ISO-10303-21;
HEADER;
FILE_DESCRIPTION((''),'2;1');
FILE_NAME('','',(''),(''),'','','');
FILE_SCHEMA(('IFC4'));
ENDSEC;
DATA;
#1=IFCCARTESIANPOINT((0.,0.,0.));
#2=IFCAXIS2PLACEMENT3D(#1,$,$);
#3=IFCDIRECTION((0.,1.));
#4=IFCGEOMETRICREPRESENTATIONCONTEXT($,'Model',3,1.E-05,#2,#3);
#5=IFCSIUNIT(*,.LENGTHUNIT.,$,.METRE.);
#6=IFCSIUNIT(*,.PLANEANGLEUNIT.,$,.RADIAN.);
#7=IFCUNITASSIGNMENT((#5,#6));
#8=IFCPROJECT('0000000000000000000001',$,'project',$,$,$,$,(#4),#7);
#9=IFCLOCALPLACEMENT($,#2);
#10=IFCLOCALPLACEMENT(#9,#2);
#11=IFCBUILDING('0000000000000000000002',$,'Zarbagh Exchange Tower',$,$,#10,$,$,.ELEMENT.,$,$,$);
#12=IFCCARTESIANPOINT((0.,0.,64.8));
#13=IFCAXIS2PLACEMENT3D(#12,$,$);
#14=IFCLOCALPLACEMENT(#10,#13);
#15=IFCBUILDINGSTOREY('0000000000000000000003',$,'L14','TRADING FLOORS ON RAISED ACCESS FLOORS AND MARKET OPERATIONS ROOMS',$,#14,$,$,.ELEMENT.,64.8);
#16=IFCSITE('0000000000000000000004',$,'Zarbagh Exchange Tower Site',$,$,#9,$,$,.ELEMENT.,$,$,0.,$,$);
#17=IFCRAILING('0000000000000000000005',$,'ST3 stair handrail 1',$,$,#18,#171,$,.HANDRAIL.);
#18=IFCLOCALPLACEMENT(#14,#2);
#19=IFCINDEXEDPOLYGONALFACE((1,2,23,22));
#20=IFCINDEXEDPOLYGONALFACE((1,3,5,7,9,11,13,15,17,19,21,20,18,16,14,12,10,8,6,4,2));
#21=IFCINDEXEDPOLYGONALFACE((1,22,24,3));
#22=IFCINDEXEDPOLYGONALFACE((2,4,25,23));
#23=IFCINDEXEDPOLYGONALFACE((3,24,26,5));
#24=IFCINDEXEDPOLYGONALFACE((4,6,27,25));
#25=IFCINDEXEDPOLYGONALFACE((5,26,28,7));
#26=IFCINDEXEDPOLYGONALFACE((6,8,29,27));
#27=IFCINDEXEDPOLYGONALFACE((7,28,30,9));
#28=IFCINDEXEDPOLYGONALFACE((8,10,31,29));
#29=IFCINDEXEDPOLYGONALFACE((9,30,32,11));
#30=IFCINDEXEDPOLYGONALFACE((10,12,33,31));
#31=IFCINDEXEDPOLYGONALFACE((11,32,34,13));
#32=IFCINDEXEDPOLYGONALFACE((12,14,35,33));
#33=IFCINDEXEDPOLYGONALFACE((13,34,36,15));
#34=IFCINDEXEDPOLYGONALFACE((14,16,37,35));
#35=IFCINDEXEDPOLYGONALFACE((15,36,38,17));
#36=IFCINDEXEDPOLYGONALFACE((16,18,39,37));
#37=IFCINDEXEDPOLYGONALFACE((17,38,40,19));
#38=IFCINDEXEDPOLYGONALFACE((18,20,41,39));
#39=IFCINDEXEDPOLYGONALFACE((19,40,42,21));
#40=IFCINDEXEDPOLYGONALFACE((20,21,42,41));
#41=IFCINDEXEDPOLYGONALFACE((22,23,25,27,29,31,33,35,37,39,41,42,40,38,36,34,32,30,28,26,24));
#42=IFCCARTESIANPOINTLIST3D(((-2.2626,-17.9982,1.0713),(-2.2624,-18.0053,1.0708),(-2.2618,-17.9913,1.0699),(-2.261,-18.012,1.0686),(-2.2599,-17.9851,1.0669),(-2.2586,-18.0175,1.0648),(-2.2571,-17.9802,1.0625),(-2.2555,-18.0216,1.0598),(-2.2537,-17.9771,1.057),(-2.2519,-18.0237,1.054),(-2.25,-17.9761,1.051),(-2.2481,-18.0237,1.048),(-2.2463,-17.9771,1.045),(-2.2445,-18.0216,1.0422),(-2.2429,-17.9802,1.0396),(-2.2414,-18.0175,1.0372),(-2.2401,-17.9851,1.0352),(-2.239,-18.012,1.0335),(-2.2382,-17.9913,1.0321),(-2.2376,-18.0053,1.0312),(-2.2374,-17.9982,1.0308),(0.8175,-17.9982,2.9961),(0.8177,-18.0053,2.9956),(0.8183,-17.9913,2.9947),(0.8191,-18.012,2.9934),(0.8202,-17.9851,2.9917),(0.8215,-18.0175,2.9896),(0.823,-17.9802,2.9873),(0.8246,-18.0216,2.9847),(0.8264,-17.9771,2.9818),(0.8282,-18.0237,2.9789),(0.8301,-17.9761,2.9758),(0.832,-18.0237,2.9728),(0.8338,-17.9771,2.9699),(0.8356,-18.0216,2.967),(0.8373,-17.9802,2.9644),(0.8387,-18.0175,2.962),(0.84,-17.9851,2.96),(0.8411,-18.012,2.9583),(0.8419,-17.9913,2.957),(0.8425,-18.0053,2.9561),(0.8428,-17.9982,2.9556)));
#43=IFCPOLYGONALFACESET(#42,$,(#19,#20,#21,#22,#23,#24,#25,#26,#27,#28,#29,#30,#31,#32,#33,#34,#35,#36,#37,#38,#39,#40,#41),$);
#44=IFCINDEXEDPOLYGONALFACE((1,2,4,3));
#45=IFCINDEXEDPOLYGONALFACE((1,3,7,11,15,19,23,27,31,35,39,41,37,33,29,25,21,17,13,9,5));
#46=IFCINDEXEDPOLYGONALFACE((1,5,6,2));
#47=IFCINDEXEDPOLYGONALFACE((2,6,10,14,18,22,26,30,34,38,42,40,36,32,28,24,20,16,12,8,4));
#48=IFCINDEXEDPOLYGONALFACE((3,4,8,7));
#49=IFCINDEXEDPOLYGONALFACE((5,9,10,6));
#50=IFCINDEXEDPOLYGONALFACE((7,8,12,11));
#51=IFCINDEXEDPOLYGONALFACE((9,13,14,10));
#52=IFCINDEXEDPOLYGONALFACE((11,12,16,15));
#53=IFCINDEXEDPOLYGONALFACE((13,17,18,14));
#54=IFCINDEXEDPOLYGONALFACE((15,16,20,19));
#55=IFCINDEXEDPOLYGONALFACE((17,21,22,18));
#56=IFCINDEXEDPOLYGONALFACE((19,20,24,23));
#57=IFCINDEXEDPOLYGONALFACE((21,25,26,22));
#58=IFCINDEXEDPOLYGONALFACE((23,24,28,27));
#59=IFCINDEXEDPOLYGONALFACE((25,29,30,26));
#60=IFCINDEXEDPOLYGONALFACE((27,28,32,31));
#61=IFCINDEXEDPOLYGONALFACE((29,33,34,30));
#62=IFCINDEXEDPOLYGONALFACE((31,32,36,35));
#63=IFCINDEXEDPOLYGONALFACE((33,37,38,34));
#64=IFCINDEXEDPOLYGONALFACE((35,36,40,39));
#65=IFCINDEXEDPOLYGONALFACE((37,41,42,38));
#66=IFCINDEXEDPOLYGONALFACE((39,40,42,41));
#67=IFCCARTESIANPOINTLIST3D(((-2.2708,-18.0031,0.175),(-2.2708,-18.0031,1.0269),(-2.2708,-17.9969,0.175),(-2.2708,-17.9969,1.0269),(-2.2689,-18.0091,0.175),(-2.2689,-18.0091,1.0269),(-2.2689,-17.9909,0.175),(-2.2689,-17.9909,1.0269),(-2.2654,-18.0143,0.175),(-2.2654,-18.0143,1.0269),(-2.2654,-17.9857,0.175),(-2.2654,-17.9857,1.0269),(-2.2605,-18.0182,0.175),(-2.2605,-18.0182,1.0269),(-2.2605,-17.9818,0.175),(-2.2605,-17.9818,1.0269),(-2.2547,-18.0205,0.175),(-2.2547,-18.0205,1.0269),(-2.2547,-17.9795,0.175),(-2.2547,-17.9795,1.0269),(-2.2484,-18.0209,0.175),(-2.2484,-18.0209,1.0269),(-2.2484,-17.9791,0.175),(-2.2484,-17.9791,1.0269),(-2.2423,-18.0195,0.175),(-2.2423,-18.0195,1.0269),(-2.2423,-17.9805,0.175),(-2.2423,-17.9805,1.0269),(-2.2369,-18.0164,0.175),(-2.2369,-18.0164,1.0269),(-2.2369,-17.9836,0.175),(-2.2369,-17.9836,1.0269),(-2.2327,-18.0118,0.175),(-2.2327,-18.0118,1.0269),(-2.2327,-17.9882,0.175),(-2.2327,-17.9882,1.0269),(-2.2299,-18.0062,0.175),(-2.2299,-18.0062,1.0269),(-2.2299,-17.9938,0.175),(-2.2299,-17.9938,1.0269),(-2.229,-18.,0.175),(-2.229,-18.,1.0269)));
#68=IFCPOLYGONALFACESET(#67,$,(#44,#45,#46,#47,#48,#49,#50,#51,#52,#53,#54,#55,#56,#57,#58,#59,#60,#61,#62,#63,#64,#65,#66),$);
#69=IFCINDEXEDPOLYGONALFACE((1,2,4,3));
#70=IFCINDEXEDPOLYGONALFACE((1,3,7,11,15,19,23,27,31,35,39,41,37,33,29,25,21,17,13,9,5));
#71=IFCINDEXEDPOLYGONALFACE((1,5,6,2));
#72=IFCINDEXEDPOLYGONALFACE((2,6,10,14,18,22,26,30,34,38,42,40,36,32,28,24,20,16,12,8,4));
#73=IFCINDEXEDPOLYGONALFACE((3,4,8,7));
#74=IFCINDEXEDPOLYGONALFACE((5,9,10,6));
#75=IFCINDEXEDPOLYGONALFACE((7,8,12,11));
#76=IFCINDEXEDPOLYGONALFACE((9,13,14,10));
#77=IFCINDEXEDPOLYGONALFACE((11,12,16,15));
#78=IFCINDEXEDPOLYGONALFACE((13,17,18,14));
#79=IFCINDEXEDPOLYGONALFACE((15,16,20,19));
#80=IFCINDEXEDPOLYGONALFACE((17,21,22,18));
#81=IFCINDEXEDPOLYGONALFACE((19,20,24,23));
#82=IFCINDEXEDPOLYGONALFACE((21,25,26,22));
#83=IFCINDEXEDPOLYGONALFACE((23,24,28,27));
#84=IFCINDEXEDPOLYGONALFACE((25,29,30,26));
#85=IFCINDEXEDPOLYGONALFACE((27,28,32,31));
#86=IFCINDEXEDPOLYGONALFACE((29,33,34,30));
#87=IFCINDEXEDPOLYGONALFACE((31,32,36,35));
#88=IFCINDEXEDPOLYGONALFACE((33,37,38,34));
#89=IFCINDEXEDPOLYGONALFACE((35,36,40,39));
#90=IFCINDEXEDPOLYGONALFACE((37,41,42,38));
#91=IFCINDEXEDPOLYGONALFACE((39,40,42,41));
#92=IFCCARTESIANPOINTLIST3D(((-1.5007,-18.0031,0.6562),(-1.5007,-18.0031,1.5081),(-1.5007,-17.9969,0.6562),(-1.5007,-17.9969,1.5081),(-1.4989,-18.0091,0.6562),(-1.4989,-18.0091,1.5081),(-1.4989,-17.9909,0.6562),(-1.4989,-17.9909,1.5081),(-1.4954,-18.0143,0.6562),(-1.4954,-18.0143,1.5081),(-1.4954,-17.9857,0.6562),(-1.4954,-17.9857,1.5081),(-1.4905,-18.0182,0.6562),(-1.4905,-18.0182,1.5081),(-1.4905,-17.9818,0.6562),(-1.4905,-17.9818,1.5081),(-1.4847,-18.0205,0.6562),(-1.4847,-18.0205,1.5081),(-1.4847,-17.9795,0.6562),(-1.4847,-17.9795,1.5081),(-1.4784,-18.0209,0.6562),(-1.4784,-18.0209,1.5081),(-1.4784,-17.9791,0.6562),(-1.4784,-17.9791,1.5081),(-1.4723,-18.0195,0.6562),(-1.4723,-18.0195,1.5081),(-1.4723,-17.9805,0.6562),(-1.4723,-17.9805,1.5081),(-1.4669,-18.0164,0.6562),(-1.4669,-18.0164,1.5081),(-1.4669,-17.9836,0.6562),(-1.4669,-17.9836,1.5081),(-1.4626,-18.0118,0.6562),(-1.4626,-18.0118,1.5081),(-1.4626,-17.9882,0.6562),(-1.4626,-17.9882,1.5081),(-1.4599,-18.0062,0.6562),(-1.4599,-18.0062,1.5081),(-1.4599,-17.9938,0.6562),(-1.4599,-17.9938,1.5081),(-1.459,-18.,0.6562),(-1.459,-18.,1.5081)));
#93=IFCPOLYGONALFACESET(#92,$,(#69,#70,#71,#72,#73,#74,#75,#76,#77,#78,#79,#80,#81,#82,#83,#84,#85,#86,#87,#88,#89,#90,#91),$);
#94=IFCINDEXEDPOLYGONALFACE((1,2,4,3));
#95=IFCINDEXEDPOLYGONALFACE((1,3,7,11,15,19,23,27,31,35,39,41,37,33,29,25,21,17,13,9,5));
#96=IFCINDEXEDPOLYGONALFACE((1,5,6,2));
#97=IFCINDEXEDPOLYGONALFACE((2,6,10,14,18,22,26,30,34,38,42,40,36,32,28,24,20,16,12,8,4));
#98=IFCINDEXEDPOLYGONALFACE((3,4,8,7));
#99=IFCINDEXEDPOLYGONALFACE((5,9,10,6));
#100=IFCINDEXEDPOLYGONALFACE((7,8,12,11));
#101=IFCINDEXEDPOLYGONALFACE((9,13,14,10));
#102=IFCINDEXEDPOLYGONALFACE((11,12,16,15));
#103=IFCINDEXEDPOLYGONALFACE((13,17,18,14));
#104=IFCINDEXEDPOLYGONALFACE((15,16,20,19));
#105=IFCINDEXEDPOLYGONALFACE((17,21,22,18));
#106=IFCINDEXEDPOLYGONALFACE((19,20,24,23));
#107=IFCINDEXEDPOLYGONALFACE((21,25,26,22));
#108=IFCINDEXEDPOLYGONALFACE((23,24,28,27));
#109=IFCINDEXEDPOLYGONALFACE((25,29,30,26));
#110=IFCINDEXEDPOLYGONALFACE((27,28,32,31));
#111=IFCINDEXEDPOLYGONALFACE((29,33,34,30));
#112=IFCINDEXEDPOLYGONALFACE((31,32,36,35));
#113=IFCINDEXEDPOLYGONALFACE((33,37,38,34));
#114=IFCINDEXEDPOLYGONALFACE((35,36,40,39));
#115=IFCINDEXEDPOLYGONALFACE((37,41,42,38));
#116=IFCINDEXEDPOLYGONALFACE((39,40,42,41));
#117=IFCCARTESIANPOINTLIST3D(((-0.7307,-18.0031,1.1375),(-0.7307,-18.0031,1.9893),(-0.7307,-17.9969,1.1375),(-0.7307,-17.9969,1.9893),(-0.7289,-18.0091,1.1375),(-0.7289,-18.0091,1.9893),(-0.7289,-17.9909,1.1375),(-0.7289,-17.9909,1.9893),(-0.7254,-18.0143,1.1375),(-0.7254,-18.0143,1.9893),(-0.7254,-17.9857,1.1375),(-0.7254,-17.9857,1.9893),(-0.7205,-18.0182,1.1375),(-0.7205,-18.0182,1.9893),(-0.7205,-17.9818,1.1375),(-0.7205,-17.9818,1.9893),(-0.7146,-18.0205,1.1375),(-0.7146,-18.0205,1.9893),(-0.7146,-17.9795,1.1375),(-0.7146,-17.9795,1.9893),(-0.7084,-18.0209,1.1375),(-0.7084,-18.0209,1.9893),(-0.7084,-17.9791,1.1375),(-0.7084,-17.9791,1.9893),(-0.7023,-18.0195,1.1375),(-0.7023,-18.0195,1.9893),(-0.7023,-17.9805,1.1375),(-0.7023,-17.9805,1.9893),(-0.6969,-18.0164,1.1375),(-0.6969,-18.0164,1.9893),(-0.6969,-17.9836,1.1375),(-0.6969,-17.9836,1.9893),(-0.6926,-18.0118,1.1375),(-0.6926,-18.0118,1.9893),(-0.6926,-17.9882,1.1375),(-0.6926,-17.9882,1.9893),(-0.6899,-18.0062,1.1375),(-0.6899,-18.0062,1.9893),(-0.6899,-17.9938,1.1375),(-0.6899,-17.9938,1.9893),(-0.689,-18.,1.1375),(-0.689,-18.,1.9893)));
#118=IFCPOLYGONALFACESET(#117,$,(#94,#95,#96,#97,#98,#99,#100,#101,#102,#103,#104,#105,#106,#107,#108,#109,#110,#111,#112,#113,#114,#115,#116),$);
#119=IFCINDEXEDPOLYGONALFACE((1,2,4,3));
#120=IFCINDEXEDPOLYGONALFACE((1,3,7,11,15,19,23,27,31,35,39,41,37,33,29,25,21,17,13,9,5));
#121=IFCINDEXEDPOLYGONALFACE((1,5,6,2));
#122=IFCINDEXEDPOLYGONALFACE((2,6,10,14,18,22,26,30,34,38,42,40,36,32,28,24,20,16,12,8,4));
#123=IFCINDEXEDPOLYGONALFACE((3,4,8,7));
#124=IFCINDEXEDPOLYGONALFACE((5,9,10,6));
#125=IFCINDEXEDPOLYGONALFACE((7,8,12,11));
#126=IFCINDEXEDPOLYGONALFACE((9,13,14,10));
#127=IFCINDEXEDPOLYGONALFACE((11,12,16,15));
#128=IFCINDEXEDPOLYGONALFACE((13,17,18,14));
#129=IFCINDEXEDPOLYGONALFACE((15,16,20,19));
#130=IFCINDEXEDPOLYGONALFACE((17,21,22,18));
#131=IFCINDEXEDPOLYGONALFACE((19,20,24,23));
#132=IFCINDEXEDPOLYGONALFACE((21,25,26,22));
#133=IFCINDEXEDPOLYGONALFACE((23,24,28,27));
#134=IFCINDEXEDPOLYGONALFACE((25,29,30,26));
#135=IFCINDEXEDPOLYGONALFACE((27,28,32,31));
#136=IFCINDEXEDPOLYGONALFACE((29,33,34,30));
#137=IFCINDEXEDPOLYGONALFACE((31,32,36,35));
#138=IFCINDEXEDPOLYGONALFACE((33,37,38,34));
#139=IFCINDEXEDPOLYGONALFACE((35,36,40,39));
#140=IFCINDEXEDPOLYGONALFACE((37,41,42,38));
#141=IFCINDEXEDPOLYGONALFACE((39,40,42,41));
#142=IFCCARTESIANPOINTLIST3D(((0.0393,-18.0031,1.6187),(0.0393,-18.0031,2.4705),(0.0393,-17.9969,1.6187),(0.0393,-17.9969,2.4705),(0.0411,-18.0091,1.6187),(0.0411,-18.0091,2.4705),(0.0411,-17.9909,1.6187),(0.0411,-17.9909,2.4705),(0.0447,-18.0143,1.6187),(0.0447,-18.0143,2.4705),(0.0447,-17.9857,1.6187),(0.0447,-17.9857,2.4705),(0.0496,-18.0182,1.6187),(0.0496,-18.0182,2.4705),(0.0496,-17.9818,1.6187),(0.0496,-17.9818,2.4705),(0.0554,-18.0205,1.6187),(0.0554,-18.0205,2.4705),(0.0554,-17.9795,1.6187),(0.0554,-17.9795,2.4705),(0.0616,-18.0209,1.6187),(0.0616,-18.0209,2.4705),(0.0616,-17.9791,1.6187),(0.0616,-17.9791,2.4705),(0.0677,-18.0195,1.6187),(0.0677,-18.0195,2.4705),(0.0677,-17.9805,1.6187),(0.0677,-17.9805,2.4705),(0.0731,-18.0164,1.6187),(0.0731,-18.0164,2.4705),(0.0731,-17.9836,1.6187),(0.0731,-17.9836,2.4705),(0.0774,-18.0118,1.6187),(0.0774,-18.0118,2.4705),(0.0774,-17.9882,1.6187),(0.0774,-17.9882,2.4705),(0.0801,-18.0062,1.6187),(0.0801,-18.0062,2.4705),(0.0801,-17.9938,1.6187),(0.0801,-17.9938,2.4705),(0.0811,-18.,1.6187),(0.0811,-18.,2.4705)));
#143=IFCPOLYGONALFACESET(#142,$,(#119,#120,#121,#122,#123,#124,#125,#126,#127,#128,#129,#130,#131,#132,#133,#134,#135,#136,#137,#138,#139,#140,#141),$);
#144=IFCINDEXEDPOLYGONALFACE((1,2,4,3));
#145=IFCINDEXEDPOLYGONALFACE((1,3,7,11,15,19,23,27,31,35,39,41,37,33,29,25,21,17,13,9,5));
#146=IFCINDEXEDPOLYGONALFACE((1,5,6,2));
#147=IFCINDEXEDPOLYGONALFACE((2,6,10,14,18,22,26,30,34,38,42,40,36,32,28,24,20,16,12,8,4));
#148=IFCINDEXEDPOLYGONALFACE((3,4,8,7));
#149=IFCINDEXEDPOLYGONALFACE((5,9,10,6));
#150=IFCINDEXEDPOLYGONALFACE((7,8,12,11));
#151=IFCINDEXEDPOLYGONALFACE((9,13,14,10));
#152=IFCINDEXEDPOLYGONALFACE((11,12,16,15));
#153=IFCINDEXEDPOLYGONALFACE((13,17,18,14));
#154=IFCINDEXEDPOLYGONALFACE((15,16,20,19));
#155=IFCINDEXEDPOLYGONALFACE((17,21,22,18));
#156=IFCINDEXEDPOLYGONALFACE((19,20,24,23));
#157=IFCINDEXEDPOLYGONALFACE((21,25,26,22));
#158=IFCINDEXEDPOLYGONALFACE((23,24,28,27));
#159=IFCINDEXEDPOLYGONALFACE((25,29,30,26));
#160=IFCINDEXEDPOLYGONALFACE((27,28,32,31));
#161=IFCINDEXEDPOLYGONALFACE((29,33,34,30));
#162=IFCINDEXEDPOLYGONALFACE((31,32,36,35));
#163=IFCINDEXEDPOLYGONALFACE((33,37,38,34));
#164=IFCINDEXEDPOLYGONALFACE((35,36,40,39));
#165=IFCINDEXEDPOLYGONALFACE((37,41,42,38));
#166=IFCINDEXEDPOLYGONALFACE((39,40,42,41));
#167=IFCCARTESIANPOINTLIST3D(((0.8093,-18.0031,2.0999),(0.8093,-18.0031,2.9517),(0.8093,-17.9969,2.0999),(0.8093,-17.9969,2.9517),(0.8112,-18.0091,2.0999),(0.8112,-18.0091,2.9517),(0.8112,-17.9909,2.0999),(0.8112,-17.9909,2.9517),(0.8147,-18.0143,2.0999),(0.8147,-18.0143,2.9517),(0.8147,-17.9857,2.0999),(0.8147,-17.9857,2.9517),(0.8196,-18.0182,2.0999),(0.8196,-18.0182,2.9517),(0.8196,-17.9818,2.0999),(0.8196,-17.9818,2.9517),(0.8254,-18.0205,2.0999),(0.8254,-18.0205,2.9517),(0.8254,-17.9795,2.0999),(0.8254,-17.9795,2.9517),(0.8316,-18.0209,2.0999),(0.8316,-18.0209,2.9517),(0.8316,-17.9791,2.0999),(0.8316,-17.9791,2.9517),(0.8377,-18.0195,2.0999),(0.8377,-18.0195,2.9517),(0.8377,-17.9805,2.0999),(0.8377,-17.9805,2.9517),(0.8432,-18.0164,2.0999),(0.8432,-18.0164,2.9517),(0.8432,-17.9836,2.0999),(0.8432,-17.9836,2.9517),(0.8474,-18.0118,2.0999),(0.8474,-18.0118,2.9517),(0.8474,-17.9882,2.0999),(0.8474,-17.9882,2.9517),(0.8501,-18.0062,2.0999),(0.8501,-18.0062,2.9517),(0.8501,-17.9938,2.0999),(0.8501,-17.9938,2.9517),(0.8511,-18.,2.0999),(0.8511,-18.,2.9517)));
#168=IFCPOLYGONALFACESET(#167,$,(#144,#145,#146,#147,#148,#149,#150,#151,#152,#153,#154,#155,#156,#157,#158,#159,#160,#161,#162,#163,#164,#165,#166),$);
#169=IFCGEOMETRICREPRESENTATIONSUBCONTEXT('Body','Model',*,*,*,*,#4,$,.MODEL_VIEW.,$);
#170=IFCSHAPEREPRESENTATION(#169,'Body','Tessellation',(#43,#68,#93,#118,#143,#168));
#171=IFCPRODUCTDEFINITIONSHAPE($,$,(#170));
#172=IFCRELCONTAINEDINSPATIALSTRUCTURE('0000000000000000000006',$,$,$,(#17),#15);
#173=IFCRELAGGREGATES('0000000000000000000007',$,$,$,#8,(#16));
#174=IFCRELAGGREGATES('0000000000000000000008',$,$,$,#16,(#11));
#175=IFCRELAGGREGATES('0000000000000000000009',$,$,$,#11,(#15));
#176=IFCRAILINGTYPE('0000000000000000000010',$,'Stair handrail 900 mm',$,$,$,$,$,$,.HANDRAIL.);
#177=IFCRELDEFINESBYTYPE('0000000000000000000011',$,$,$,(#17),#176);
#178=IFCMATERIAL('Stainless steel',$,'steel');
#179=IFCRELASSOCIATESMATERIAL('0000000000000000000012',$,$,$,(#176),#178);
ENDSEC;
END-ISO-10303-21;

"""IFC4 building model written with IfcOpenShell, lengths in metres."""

from ifc_helpers import new_model, si_unit, direction, frame, origin, origin_2d, place, context, subcontext, project, spatial, circle, extrude, material, type_object, element, save


model = new_model("IFC4")

# Units and contexts
model_context = context("Model", 3, precision=1e-05, world=origin(), true_north=direction((0.0, 1.0)))
body_context = subcontext(model_context, "Body", "Model", "MODEL_VIEW")
ifc_project = project(units=[si_unit("LENGTHUNIT", "METRE"), si_unit("PLANEANGLEUNIT", "RADIAN")], contexts=[model_context])

# Site, building, storey
site_placement = place(None, origin())
site = spatial("IfcSite", under=ifc_project, at=site_placement, Name="Zarbagh Exchange Tower Site", CompositionType="ELEMENT", RefElevation=0.0)
building_placement = place(site_placement, origin())
building = spatial("IfcBuilding", under=site, at=building_placement, Name="Zarbagh Exchange Tower", CompositionType="ELEMENT")
storey_placement = place(building_placement, frame((0.0, 0.0, 64.8)))
storey = spatial("IfcBuildingStorey", under=building, at=storey_placement, Name="L14", Description="TRADING FLOORS ON RAISED ACCESS FLOORS AND MARKET OPERATIONS ROOMS", CompositionType="ELEMENT", Elevation=64.8)

# Shared definitions
ifc_material_1 = material(Name="Stainless steel", Category="steel")

# Railing
railing_type_1 = type_object("IfcRailingType", Name="Stair handrail 900 mm", PredefinedType="HANDRAIL", material=ifc_material_1)
railing_1_placement = place(storey_placement, frame((-2.25, -18.0, 0.175)))
element("IfcRailing", 1, at=railing_1_placement, inside=storey, type_object=railing_type_1, Name="ST3 stair handrail 1", PredefinedType="HANDRAIL", context=body_context, shape_type="SweptSolid", body=[
    extrude(circle(Radius=0.0239, at=origin_2d()), frame((0.0, 0.0, 0.876), z_axis=(0.848029, 0.0, 0.529951), x_axis=(0.0, 1.0, 0.0)), (0.0, 0.0, 1.0), 3.6321),
    extrude(circle(Radius=0.021, at=origin_2d()), origin(), (0.0, 0.0, 1.0), 0.8518),
    extrude(circle(Radius=0.021, at=origin_2d()), frame((0.77, 0.0, 0.4812)), (0.0, 0.0, 1.0), 0.8518),
    extrude(circle(Radius=0.021, at=origin_2d()), frame((1.54, 0.0, 0.9624)), (0.0, 0.0, 1.0), 0.8518),
    extrude(circle(Radius=0.021, at=origin_2d()), frame((2.3101, 0.0, 1.4436)), (0.0, 0.0, 1.0), 0.8518),
    extrude(circle(Radius=0.021, at=origin_2d()), frame((3.0801, 0.0, 1.9248)), (0.0, 0.0, 1.0), 0.8518),
])

save(model, "model.ifc")
